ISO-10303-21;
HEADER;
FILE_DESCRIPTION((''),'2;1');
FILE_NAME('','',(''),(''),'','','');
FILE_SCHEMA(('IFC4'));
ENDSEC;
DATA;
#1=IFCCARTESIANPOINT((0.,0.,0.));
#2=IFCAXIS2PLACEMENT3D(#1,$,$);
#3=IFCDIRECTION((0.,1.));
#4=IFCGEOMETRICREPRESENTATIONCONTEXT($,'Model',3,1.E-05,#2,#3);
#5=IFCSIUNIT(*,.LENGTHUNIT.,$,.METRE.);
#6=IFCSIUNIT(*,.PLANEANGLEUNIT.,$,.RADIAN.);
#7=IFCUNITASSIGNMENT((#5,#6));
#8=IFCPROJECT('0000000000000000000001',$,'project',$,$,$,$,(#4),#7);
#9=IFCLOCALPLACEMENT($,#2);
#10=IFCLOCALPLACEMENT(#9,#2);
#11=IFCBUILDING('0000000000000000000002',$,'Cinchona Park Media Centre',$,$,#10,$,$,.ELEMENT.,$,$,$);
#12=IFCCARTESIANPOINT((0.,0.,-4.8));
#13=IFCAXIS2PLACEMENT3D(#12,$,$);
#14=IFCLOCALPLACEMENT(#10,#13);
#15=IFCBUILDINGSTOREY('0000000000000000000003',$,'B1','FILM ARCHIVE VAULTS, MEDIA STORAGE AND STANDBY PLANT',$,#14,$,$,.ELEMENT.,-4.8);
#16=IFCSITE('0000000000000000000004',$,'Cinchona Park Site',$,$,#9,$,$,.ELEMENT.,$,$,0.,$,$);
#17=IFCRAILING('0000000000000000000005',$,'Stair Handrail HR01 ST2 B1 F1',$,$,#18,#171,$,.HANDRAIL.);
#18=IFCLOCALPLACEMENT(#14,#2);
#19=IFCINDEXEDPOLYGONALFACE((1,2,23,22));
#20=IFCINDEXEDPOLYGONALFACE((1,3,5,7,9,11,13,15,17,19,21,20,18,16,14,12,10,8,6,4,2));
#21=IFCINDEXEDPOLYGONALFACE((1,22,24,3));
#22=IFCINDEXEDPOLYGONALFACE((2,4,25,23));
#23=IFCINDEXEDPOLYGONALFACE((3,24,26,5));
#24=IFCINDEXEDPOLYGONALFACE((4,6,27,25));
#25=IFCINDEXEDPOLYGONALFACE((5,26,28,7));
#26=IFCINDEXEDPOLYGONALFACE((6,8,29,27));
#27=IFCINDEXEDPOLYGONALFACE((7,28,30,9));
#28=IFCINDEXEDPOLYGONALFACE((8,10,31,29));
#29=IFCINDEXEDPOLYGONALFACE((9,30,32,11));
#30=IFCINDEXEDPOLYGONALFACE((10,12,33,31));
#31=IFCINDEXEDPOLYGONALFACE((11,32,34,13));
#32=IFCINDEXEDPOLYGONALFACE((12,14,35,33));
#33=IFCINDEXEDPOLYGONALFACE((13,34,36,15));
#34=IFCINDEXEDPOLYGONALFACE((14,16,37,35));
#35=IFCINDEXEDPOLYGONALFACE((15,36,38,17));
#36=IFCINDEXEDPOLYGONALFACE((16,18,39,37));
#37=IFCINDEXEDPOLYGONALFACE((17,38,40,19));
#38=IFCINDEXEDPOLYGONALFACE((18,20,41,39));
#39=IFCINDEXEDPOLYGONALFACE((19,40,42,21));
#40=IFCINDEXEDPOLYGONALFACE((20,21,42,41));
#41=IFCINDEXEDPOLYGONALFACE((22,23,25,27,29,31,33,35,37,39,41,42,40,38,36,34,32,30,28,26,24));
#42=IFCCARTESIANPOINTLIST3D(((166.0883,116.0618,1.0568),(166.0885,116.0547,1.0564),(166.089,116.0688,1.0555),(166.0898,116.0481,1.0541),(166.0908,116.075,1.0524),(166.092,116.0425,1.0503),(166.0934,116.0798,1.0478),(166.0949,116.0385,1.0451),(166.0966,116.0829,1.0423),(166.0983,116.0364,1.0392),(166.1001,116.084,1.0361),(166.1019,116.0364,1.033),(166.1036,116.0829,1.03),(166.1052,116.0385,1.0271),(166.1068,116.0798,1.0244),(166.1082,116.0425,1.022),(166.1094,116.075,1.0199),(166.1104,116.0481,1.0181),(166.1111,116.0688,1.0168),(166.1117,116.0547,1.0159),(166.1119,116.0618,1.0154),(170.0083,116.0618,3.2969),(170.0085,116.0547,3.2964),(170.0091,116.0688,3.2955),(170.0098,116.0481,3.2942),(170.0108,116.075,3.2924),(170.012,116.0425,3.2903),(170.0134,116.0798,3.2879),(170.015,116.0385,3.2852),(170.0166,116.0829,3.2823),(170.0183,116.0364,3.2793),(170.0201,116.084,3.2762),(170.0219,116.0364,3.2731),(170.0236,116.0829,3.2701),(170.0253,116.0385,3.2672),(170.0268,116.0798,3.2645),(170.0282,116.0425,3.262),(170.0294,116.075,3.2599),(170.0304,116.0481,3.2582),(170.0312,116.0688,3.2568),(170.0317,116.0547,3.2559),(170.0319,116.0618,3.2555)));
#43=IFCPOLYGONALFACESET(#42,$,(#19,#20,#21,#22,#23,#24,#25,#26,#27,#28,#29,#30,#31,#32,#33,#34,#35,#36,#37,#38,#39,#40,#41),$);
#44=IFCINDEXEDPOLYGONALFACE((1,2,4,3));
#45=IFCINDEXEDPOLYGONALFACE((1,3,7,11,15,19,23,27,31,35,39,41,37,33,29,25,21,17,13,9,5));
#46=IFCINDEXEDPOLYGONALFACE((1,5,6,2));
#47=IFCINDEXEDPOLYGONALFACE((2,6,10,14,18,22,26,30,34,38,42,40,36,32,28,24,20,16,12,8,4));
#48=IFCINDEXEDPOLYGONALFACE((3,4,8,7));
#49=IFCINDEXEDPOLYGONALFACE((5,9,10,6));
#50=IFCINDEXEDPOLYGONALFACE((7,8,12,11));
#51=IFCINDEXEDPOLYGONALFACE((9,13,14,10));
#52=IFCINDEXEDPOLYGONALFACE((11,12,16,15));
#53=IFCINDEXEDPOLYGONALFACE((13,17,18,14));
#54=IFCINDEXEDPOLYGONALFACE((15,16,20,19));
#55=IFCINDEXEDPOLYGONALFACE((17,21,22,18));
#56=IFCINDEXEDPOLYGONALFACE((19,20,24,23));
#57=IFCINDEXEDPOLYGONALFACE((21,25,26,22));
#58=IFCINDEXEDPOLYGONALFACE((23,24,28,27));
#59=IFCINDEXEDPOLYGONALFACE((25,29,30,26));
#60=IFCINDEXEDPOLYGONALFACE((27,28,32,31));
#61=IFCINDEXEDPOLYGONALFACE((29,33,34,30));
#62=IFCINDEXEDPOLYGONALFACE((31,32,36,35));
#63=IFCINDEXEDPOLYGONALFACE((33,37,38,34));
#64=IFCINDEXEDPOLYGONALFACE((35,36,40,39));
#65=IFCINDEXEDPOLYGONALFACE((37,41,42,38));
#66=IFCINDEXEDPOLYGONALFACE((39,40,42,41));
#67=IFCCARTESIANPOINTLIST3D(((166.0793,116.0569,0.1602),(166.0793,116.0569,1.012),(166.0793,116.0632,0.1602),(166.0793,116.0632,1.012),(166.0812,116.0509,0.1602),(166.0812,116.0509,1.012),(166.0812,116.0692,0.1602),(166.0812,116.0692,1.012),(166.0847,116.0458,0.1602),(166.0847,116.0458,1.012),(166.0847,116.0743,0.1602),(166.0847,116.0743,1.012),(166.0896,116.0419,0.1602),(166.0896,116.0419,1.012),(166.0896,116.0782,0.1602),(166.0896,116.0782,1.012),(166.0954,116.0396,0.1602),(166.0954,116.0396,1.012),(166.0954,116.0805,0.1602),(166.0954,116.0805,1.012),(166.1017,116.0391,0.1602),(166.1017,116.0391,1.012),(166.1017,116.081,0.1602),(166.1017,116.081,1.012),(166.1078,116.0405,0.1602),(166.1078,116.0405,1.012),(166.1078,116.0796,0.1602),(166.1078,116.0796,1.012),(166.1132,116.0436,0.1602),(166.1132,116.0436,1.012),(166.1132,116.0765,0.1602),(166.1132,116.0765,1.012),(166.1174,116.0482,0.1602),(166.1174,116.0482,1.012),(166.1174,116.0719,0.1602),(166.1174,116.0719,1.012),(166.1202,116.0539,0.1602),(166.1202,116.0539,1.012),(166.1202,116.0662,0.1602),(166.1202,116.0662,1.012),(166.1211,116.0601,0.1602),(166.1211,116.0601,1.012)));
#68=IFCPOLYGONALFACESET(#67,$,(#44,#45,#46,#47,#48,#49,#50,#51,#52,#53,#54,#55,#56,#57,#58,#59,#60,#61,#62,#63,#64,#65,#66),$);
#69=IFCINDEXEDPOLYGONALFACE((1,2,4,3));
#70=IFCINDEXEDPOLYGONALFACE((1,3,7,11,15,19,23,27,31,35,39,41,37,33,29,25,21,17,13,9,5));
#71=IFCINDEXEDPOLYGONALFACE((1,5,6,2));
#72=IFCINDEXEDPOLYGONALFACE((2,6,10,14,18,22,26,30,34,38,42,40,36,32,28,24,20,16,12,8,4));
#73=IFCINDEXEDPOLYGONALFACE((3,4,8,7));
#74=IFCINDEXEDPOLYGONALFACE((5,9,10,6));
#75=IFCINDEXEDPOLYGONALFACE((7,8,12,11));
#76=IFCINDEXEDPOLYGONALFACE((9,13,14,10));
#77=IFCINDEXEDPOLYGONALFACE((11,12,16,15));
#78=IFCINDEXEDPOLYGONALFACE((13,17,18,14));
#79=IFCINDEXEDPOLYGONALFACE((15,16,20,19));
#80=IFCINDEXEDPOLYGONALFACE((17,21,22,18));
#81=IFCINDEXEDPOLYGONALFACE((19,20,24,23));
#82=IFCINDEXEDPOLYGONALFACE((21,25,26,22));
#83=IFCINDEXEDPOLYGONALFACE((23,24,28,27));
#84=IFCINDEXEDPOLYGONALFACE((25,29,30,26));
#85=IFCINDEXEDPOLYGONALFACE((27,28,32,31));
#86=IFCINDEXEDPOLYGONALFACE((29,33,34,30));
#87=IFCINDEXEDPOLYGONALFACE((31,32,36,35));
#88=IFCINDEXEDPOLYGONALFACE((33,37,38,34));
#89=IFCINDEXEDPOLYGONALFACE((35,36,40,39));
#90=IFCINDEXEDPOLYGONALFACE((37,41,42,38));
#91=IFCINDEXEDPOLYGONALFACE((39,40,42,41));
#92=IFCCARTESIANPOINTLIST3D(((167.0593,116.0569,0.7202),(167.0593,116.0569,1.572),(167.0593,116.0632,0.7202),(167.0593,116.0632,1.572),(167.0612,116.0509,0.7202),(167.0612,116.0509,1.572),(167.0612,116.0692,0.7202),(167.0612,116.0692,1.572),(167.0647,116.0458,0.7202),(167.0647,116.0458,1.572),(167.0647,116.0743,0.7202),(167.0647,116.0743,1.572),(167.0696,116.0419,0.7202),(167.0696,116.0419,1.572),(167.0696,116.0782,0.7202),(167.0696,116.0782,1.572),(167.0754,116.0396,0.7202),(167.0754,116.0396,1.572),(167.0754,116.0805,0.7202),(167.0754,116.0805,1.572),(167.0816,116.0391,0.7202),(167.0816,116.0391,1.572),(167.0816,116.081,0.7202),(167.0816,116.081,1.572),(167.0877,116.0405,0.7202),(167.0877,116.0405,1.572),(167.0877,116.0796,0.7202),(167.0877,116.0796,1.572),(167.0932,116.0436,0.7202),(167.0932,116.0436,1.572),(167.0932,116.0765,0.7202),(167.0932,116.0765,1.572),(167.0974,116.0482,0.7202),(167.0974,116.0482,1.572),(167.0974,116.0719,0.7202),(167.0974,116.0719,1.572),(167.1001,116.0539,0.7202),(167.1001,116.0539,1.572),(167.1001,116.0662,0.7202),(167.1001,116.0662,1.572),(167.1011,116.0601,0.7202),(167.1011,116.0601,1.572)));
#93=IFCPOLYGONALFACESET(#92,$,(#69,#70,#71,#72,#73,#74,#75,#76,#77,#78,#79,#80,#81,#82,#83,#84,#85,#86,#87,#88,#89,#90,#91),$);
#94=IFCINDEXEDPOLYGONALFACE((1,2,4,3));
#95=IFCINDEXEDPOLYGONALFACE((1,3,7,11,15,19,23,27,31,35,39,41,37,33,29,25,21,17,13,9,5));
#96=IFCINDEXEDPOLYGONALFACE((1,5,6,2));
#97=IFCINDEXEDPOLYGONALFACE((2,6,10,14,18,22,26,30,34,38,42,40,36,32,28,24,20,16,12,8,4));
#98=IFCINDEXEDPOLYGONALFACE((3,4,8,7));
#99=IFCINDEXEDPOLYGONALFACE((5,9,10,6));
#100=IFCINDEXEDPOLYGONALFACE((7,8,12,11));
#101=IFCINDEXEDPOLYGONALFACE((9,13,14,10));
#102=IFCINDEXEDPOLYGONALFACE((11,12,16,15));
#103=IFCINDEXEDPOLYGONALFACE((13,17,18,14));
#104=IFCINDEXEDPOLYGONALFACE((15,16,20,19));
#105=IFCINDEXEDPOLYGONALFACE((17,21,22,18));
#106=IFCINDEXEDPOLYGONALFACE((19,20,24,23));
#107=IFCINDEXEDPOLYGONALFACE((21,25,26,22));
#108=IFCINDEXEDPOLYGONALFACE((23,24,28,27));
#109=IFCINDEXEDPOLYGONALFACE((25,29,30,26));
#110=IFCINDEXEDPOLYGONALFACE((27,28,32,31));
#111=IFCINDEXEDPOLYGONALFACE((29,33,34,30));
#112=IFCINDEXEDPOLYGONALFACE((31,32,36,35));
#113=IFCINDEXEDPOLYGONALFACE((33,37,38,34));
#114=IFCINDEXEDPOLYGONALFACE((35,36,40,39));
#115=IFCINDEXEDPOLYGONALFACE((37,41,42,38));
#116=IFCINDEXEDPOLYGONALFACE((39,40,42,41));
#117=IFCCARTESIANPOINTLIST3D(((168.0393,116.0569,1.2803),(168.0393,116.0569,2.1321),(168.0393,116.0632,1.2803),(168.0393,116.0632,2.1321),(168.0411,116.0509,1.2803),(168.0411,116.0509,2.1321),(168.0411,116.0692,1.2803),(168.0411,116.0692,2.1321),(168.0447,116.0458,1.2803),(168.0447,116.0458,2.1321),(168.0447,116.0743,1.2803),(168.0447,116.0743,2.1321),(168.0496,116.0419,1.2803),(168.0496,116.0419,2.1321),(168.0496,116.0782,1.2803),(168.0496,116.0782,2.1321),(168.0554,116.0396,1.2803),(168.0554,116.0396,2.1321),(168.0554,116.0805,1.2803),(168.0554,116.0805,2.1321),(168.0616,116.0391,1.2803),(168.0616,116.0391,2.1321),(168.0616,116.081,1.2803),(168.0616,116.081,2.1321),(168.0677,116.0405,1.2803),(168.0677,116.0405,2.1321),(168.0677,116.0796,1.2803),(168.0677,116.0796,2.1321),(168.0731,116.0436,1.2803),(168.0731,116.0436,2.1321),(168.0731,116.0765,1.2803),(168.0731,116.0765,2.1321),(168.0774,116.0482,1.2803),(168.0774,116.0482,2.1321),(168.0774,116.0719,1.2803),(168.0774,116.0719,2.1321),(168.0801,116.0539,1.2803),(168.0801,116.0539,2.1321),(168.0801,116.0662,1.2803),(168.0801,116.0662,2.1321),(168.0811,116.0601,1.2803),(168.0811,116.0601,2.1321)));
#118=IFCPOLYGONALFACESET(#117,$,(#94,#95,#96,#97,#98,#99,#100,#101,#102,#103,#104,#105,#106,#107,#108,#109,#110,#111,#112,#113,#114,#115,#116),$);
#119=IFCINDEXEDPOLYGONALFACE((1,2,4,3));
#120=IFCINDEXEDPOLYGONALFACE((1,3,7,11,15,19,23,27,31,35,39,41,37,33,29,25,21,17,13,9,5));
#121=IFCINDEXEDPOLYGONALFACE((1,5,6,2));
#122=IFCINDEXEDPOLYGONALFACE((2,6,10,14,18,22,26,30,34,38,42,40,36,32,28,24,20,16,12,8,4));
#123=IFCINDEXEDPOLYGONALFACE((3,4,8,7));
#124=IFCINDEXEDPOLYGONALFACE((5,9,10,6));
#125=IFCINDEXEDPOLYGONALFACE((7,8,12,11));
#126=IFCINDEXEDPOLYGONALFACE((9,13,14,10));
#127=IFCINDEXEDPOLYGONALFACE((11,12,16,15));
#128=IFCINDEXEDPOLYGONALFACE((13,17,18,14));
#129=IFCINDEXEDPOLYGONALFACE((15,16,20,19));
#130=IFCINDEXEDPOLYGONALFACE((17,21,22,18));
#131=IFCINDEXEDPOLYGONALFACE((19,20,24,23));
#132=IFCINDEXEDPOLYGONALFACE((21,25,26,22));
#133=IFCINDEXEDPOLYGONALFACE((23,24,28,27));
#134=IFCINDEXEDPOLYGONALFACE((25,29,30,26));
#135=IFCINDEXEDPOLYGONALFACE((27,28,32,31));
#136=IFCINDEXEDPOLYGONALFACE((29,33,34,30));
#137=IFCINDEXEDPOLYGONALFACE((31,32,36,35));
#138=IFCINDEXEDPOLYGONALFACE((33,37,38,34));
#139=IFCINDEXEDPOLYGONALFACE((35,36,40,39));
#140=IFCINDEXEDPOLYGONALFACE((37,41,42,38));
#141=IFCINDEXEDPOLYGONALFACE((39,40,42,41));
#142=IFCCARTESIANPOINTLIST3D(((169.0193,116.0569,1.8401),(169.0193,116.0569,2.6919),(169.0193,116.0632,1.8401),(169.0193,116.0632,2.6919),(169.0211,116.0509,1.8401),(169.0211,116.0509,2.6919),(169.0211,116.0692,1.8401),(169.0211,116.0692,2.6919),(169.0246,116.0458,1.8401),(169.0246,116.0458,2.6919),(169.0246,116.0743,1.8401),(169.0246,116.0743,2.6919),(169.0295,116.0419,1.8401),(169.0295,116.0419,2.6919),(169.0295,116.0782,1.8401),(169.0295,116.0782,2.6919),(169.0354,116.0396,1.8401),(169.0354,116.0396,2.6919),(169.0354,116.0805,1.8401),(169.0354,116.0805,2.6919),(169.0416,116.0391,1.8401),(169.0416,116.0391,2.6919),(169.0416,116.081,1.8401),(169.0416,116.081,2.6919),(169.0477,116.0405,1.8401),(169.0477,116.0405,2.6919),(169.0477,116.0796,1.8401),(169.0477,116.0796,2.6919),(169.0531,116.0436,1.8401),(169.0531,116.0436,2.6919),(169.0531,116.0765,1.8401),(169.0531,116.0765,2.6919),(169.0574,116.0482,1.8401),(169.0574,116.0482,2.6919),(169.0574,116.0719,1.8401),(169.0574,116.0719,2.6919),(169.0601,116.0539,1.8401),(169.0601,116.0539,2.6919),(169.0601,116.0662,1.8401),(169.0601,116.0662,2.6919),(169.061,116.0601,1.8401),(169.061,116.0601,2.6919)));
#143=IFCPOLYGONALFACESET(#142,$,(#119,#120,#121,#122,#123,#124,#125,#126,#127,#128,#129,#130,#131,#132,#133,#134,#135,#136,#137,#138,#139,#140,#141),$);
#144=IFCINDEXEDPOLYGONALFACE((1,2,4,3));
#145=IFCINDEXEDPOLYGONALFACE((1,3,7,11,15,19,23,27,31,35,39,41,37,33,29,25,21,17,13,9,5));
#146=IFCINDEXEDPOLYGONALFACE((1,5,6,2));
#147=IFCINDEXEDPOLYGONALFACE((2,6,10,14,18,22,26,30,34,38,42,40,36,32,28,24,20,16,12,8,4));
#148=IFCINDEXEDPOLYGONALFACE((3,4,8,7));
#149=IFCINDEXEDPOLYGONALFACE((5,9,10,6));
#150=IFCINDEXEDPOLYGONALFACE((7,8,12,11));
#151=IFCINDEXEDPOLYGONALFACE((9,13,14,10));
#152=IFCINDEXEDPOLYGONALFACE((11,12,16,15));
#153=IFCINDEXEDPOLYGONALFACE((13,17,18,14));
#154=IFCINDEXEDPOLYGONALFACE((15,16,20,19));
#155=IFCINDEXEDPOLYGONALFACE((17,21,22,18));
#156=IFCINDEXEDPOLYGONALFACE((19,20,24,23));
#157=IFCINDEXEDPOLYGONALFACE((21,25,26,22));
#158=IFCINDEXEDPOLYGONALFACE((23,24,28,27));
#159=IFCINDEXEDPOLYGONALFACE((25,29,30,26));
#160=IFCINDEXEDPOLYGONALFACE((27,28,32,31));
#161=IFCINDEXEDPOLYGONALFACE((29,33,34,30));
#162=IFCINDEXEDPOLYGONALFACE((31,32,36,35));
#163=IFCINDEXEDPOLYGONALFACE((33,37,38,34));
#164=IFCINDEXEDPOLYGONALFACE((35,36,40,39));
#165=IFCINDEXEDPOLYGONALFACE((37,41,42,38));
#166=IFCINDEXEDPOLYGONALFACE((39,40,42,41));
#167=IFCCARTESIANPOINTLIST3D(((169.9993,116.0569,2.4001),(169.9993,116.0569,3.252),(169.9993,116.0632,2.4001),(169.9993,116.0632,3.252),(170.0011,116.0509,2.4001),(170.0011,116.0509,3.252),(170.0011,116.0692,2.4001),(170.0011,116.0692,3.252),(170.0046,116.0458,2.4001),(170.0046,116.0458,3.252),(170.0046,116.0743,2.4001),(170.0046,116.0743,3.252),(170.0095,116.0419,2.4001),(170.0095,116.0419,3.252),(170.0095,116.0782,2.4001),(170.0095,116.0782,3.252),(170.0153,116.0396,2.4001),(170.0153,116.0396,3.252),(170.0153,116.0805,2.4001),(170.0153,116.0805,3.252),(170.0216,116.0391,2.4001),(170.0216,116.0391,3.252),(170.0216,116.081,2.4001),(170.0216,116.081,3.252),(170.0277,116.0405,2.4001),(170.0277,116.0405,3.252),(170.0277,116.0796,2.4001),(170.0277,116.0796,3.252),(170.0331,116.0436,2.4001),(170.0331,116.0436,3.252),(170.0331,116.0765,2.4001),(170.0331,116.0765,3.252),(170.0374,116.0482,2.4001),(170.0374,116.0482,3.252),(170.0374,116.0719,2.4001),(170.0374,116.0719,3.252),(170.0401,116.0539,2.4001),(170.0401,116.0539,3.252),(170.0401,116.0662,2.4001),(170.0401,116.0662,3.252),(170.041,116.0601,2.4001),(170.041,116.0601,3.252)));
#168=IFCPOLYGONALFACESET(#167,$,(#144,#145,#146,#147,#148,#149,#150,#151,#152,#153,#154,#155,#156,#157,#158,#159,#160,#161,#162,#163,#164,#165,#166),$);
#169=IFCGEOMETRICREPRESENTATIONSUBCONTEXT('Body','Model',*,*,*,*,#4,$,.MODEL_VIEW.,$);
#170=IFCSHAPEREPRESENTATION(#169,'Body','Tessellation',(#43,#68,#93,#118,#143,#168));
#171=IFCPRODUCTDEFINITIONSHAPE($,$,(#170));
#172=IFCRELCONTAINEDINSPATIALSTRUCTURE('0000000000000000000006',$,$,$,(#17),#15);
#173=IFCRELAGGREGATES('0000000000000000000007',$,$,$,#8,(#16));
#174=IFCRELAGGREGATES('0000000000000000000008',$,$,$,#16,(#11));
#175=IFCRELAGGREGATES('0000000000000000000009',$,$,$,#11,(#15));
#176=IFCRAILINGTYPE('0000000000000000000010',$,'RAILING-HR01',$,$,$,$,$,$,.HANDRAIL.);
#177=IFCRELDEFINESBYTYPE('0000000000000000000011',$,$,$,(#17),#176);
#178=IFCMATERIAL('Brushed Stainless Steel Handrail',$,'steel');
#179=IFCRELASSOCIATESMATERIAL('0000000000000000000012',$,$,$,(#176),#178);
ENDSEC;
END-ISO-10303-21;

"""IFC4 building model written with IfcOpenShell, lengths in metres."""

from ifc_helpers import new_model, si_unit, direction, frame, origin, origin_2d, place, context, subcontext, project, spatial, circle, extrude, material, type_object, element, save


model = new_model("IFC4")

# Units and contexts
model_context = context("Model", 3, precision=1e-05, world=origin(), true_north=direction((0.0, 1.0)))
body_context = subcontext(model_context, "Body", "Model", "MODEL_VIEW")
ifc_project = project(units=[si_unit("LENGTHUNIT", "METRE"), si_unit("PLANEANGLEUNIT", "RADIAN")], contexts=[model_context])

# Site, building, storey
site_placement = place(None, origin())
site = spatial("IfcSite", under=ifc_project, at=site_placement, Name="Cinchona Park Site", CompositionType="ELEMENT", RefElevation=0.0)
building_placement = place(site_placement, origin())
building = spatial("IfcBuilding", under=site, at=building_placement, Name="Cinchona Park Media Centre", CompositionType="ELEMENT")
storey_placement = place(building_placement, frame((0.0, 0.0, -4.8)))
storey = spatial("IfcBuildingStorey", under=building, at=storey_placement, Name="B1", Description="FILM ARCHIVE VAULTS, MEDIA STORAGE AND STANDBY PLANT", CompositionType="ELEMENT", Elevation=-4.8)

# Railing
ifc_material_1 = material(Name="Brushed Stainless Steel Handrail", Category="steel")
railing_type_1 = type_object("IfcRailingType", Name="RAILING-HR01", PredefinedType="HANDRAIL", material=ifc_material_1)
railing_1_placement = place(storey_placement, frame((166.1001, 116.0601, 0.1602)))
element("IfcRailing", 1, at=railing_1_placement, inside=storey, type_object=railing_type_1, Name="Stair Handrail HR01 ST2 B1 F1", PredefinedType="HANDRAIL", context=body_context, shape_type="SweptSolid", body=[
    extrude(circle(Radius=0.0239, at=origin_2d()), frame((0.0, 0.0, 0.876), z_axis=(0.86824, 0.0, 0.496145), x_axis=(0.0, 1.0, 0.0)), (0.0, 0.0, 1.0), 4.5149),
    extrude(circle(Radius=0.021, at=origin_2d()), origin(), (0.0, 0.0, 1.0), 0.8518),
    extrude(circle(Radius=0.021, at=origin_2d()), frame((0.98, 0.0, 0.5601)), (0.0, 0.0, 1.0), 0.8518),
    extrude(circle(Radius=0.021, at=origin_2d()), frame((1.96, 0.0, 1.1201)), (0.0, 0.0, 1.0), 0.8518),
    extrude(circle(Radius=0.021, at=origin_2d()), frame((2.9399, 0.0, 1.6799)), (0.0, 0.0, 1.0), 0.8518),
    extrude(circle(Radius=0.021, at=origin_2d()), frame((3.9199, 0.0, 2.24)), (0.0, 0.0, 1.0), 0.8518),
])

save(model, "model.ifc")
